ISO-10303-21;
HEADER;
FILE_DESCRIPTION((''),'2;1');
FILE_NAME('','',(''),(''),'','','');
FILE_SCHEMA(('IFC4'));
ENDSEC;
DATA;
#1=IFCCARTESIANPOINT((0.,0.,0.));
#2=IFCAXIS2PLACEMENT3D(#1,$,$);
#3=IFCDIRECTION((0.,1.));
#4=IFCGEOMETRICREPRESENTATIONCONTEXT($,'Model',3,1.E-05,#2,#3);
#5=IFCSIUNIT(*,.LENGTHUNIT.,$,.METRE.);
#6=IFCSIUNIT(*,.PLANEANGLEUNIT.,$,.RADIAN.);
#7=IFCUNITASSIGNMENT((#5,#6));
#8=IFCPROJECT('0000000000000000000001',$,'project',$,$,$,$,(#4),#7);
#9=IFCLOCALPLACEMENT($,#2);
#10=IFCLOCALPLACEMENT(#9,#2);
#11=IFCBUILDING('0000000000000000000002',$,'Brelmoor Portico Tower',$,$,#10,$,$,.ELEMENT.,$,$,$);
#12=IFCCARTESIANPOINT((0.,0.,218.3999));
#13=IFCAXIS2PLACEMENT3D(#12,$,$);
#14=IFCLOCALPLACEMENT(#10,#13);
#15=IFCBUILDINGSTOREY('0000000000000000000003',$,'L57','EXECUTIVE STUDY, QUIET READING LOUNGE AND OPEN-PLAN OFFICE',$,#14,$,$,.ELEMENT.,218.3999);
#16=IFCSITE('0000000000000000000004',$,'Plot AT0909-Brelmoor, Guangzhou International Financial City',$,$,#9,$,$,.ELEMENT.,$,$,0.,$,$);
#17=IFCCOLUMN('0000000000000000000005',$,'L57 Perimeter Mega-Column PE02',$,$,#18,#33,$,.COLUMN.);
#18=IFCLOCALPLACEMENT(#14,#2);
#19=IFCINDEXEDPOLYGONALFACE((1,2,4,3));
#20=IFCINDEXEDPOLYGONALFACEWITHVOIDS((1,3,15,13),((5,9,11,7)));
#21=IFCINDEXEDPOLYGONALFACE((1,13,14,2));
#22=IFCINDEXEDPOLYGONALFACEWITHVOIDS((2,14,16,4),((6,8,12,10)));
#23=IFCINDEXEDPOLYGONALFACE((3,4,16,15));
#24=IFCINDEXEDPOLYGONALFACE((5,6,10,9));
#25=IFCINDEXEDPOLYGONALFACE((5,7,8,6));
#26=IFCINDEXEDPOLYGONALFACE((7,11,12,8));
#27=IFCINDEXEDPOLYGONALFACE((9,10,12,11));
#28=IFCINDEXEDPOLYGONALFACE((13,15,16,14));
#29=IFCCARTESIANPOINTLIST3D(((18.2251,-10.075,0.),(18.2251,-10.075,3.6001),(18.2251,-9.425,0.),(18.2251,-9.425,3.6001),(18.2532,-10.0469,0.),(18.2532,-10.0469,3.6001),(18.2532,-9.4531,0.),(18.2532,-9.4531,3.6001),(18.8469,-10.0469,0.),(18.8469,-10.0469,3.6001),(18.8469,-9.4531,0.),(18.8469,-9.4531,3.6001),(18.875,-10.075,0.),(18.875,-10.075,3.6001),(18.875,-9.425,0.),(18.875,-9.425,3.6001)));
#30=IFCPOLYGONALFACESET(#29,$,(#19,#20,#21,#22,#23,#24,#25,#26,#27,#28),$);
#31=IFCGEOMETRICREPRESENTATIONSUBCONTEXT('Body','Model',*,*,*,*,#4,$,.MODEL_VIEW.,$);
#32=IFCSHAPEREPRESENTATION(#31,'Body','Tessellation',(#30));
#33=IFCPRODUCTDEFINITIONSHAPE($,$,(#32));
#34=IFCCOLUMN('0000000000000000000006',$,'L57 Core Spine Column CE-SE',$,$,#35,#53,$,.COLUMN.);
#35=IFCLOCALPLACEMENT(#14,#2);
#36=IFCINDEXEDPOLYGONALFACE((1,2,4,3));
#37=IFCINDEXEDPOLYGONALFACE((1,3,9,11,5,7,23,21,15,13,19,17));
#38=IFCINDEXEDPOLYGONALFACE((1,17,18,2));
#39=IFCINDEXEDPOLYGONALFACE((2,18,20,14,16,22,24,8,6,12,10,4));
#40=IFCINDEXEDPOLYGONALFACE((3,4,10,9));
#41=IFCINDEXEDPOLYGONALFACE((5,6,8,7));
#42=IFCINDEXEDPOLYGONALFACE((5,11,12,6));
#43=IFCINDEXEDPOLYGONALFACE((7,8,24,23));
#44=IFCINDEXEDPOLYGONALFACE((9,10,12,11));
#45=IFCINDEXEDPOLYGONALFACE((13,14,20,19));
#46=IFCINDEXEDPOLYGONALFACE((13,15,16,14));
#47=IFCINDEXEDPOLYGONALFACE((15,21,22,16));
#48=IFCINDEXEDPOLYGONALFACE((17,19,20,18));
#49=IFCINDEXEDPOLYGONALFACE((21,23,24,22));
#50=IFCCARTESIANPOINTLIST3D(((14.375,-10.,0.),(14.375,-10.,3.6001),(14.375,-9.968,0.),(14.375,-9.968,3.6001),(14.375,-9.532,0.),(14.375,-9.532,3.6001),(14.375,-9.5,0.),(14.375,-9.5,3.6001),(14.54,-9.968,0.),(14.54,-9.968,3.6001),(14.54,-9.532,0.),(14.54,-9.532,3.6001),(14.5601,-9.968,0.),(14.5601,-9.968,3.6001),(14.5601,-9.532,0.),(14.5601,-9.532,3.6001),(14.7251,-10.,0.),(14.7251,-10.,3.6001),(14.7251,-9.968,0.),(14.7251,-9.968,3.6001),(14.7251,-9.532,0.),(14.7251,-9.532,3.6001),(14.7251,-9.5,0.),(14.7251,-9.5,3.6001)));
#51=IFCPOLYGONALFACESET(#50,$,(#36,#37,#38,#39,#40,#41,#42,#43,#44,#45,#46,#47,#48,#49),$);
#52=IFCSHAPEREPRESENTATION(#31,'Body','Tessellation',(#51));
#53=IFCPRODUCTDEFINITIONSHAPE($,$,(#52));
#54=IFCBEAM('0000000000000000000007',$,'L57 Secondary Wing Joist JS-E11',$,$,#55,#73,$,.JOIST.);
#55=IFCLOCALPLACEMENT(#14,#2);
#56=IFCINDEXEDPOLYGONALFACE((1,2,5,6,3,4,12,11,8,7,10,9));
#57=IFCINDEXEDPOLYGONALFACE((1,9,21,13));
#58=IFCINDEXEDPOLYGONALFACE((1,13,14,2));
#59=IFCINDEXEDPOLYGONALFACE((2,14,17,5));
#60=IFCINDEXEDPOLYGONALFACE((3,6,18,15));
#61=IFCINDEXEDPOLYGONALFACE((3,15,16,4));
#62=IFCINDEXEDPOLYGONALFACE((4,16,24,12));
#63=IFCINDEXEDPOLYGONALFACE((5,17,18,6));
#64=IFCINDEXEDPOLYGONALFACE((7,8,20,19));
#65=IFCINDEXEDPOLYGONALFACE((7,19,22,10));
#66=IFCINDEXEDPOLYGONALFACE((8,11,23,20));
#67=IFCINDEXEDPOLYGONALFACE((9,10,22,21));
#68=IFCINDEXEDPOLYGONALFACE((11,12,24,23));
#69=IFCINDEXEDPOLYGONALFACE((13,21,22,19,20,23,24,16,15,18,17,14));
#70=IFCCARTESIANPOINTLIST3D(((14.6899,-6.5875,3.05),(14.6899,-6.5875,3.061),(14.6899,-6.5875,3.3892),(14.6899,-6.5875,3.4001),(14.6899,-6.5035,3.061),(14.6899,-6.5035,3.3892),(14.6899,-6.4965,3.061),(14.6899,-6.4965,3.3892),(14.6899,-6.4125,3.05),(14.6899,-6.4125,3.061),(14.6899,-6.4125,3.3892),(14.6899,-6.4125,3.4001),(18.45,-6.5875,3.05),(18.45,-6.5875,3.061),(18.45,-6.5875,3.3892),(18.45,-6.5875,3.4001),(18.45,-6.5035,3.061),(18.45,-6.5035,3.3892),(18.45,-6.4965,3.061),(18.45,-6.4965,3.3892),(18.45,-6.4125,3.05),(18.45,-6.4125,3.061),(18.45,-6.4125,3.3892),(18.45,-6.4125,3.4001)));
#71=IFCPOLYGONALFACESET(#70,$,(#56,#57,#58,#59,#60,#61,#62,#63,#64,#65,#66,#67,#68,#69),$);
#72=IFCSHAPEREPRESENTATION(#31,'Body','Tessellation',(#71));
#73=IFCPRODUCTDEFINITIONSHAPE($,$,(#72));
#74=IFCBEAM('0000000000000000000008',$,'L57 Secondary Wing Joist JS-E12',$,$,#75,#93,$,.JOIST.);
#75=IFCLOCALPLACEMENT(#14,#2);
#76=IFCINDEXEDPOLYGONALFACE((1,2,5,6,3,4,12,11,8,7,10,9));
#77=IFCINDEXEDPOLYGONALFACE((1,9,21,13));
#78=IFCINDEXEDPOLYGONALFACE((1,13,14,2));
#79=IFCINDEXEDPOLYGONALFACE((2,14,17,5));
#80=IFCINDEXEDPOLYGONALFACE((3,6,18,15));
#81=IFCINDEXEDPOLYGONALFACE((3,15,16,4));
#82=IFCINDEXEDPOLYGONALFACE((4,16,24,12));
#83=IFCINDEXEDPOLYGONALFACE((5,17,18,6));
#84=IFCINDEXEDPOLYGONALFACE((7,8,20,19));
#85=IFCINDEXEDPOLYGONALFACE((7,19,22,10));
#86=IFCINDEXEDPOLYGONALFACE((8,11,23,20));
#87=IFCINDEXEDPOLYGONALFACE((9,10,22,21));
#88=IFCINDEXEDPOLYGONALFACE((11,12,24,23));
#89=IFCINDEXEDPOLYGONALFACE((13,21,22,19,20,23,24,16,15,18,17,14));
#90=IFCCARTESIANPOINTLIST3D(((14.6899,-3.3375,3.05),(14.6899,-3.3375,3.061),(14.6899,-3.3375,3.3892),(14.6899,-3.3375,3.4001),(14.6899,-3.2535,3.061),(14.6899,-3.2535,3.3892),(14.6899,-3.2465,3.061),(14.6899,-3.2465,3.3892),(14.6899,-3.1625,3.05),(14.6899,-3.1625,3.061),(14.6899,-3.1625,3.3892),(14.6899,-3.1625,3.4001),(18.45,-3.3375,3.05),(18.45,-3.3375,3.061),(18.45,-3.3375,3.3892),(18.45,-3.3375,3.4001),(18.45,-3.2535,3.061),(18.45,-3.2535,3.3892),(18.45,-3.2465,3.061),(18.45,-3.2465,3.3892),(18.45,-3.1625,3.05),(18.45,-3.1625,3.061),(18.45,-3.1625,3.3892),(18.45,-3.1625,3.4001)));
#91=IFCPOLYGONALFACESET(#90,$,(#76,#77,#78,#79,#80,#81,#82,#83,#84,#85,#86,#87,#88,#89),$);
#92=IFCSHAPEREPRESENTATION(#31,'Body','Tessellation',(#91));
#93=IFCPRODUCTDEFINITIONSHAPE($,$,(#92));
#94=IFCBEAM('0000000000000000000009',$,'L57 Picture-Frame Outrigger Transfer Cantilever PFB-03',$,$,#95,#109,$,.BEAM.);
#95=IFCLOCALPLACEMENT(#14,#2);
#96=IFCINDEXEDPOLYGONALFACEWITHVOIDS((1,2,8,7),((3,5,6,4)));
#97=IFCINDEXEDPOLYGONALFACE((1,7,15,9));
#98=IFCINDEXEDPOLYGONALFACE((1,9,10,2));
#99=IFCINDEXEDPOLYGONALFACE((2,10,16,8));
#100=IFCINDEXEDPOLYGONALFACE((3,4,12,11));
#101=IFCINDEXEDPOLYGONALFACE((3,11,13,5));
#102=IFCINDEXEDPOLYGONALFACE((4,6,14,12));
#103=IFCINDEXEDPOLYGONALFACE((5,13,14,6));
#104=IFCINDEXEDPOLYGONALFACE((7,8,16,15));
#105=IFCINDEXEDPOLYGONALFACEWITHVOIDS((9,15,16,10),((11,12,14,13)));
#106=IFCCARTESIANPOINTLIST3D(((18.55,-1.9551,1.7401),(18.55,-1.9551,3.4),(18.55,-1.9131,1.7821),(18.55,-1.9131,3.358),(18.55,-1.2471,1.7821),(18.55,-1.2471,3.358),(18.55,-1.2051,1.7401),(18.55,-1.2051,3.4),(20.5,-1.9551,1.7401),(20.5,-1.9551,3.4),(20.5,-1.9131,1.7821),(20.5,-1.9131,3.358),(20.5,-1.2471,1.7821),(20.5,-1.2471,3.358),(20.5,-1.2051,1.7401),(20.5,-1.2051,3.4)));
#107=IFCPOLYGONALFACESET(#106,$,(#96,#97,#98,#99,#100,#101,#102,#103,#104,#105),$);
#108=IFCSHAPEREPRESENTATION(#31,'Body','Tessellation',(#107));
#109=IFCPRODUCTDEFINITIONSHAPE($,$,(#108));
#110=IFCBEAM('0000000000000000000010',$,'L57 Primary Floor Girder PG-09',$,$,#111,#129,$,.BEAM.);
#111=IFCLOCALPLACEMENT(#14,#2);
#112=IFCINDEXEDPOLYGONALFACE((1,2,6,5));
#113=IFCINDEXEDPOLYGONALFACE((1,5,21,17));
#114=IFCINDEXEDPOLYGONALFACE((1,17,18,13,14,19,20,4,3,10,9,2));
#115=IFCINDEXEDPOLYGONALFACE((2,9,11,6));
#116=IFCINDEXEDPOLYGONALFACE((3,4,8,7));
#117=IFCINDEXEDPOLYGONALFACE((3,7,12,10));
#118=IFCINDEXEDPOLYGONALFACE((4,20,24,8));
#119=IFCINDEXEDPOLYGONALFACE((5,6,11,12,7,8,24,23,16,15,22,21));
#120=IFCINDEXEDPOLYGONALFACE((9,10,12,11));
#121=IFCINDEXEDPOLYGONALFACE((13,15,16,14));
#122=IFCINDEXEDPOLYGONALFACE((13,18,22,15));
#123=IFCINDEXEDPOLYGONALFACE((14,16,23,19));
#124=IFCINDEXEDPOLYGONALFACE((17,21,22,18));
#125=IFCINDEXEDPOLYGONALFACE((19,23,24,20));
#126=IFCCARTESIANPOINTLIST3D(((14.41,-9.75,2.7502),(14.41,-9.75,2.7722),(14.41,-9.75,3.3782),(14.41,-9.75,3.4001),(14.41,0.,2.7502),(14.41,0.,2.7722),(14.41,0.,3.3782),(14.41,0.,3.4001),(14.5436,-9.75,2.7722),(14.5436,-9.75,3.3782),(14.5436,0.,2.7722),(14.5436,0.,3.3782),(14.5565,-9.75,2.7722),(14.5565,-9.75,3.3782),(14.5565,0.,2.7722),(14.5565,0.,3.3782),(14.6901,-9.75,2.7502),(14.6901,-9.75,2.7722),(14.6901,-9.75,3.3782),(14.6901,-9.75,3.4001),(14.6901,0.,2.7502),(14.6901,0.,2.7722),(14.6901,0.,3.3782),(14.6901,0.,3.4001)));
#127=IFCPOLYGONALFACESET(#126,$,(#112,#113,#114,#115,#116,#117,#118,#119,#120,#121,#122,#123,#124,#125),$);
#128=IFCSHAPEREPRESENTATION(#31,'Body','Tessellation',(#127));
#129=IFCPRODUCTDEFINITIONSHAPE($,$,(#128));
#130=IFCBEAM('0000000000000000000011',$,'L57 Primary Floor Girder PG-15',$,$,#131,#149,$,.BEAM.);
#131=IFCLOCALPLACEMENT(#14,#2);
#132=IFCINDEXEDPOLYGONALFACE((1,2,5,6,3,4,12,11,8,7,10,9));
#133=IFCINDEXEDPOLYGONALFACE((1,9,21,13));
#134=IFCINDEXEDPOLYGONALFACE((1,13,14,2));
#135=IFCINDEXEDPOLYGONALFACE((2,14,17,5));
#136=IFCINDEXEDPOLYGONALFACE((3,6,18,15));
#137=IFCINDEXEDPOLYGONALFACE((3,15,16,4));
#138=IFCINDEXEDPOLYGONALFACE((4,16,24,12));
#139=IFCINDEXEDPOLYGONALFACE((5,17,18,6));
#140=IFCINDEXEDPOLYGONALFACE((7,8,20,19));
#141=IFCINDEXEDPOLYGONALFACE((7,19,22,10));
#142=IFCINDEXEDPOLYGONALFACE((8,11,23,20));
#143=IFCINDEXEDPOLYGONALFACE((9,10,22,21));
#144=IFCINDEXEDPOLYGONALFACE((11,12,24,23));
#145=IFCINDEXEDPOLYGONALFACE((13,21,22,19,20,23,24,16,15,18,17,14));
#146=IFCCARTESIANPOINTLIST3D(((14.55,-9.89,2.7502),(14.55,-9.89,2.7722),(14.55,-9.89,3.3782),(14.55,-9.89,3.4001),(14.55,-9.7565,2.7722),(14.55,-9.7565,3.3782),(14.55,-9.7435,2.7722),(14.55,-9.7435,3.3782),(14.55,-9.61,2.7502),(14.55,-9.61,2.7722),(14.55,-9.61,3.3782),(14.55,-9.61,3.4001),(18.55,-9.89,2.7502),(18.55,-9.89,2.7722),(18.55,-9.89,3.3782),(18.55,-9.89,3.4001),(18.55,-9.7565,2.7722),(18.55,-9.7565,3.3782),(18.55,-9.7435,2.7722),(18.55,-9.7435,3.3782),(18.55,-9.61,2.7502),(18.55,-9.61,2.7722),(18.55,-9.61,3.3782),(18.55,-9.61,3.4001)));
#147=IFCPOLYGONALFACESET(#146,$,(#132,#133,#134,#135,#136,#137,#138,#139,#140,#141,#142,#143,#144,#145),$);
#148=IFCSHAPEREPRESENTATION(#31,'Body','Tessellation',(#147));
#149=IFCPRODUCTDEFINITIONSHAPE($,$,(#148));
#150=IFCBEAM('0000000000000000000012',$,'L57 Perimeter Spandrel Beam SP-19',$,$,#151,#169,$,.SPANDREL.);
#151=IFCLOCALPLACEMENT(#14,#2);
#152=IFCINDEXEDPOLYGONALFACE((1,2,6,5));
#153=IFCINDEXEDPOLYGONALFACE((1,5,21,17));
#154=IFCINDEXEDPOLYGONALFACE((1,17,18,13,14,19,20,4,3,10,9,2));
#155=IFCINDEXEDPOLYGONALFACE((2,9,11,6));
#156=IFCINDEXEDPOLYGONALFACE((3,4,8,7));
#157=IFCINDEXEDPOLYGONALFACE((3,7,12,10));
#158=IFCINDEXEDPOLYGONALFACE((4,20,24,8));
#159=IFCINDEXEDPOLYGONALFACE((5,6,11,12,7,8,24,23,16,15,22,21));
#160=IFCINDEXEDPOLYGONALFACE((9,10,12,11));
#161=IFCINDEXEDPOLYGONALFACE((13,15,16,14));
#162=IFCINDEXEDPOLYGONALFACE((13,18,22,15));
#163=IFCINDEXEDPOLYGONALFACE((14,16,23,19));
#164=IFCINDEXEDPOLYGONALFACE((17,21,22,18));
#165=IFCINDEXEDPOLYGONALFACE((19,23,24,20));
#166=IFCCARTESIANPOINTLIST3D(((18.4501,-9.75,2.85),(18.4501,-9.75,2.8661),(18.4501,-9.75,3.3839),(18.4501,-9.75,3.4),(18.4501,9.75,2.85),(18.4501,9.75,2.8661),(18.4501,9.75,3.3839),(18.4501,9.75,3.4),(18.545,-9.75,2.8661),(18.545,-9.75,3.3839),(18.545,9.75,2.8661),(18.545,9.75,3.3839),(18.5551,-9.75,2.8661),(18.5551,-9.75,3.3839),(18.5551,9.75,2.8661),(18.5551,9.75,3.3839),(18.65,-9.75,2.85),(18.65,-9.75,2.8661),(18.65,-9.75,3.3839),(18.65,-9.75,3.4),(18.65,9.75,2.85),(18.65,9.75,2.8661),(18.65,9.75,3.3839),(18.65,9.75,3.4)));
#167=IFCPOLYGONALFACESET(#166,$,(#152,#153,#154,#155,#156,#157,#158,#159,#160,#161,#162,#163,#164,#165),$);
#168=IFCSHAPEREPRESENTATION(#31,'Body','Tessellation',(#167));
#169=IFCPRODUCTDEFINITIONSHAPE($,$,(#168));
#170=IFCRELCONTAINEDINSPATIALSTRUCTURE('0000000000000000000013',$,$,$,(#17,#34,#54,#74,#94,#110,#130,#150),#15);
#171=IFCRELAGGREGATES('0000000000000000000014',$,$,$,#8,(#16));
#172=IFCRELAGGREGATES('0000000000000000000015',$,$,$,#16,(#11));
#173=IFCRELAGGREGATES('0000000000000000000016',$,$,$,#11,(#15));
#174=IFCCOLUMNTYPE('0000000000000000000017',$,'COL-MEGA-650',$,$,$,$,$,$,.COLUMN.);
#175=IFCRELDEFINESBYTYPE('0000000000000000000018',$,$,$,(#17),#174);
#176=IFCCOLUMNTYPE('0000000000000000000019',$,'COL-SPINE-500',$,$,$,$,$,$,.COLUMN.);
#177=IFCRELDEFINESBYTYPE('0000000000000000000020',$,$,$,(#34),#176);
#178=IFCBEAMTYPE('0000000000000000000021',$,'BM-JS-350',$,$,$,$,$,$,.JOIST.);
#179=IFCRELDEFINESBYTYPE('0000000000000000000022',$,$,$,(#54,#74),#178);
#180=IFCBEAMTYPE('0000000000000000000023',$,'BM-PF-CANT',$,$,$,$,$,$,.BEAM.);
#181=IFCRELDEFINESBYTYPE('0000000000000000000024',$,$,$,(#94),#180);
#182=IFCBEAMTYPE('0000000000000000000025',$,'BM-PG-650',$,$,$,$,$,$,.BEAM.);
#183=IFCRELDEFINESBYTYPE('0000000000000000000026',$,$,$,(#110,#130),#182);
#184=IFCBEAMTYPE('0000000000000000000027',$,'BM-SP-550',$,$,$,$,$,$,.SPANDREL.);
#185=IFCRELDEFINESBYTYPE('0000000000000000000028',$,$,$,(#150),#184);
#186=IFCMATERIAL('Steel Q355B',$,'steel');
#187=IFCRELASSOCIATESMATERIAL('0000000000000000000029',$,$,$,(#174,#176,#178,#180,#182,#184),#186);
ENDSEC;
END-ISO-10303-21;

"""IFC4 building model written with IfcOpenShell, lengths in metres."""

from ifc_helpers import new_model, si_unit, direction, frame, origin, origin_2d, place, context, subcontext, project, spatial, hollow_rectangle, i_section, extrude, material, material_profile, profile_set, type_object, element, save


model = new_model("IFC4")

# Units and contexts
model_context = context("Model", 3, precision=1e-05, world=origin(), true_north=direction((0.0, 1.0)))
body_context = subcontext(model_context, "Body", "Model", "MODEL_VIEW")
ifc_project = project(units=[si_unit("LENGTHUNIT", "METRE"), si_unit("PLANEANGLEUNIT", "RADIAN")], contexts=[model_context])

# Site, building, storey
site_placement = place(None, origin())
site = spatial("IfcSite", under=ifc_project, at=site_placement, Name="Plot AT0909-Brelmoor, Guangzhou International Financial City", CompositionType="ELEMENT", RefElevation=0.0)
building_placement = place(site_placement, origin())
building = spatial("IfcBuilding", under=site, at=building_placement, Name="Brelmoor Portico Tower", CompositionType="ELEMENT")
storey_placement = place(building_placement, frame((0.0, 0.0, 218.3999)))
storey = spatial("IfcBuildingStorey", under=building, at=storey_placement, Name="L57", Description="EXECUTIVE STUDY, QUIET READING LOUNGE AND OPEN-PLAN OFFICE", CompositionType="ELEMENT", Elevation=218.3999)

# Columns
ifc_material_1 = material(Name="Steel Q355B", Category="steel")
ifc_material_profile_1 = material_profile(ifc_material_1, hollow_rectangle(XDim=0.6499, YDim=0.6499, WallThickness=0.0281, at=origin_2d()), Name="BOX 650x650x28")
ifc_profile_set_1 = profile_set([ifc_material_profile_1], Name="Steel Q355B")
column_type_1 = type_object("IfcColumnType", Name="COL-MEGA-650", PredefinedType="COLUMN", material=ifc_profile_set_1)
column_1_placement = place(storey_placement, frame((18.55, -9.75, 0.0), z_axis=(0.0, 0.0, 1.0), x_axis=(0.0, 1.0, 0.0)))
element("IfcColumn", 1, at=column_1_placement, inside=storey, type_object=column_type_1, Name="L57 Perimeter Mega-Column PE02", PredefinedType="COLUMN", context=body_context, shape_type="SweptSolid", body=[
    extrude(hollow_rectangle(XDim=0.6499, YDim=0.6499, WallThickness=0.0281, at=origin_2d()), origin(), (0.0, 0.0, 1.0), 3.6001),
])
ifc_material_profile_2 = material_profile(ifc_material_1, i_section(OverallWidth=0.3501, OverallDepth=0.5, WebThickness=0.02, FlangeThickness=0.032, at=origin_2d()), Name="HW 500x350x20x32")
ifc_profile_set_2 = profile_set([ifc_material_profile_2], Name="Steel Q355B")
column_type_2 = type_object("IfcColumnType", Name="COL-SPINE-500", PredefinedType="COLUMN", material=ifc_profile_set_2)
column_2_placement = place(storey_placement, frame((14.55, -9.75, 0.0), z_axis=(0.0, 0.0, 1.0), x_axis=(1.0, 0.0, 0.0)))
element("IfcColumn", 2, at=column_2_placement, inside=storey, type_object=column_type_2, Name="L57 Core Spine Column CE-SE", PredefinedType="COLUMN", context=body_context, shape_type="SweptSolid", body=[
    extrude(i_section(OverallWidth=0.3501, OverallDepth=0.5, WebThickness=0.02, FlangeThickness=0.032, at=origin_2d()), origin(), (0.0, 0.0, 1.0), 3.6001),
])

# Beams
ifc_material_profile_3 = material_profile(ifc_material_1, i_section(OverallWidth=0.175, OverallDepth=0.3501, WebThickness=0.0071, FlangeThickness=0.011, at=origin_2d()), Name="HN 350x175x7x11")
ifc_profile_set_3 = profile_set([ifc_material_profile_3], Name="Steel Q355B")
beam_type_1 = type_object("IfcBeamType", Name="BM-JS-350", PredefinedType="JOIST", material=ifc_profile_set_3)
for number, where, z_axis, x_axis, name in (
    (3, (14.6899, -6.5, 3.2251), (1.0, 0.0, 0.0), (0.0, 1.0, 0.0), "L57 Secondary Wing Joist JS-E11"),
    (4, (14.6899, -3.25, 3.2251), (1.0, 0.0, 0.0), (0.0, 1.0, 0.0), "L57 Secondary Wing Joist JS-E12"),
):
    element("IfcBeam", number, at=place(storey_placement, frame(where, z_axis=z_axis, x_axis=x_axis)), inside=storey, type_object=beam_type_1, Name=name, PredefinedType="JOIST", context=body_context, shape_type="SweptSolid", body=[
        extrude(i_section(OverallWidth=0.175, OverallDepth=0.3501, WebThickness=0.0071, FlangeThickness=0.011, at=origin_2d()), origin(), (0.0, 0.0, 1.0), 3.76),
    ])
ifc_material_profile_4 = material_profile(ifc_material_1, hollow_rectangle(XDim=0.75, YDim=1.6599, WallThickness=0.042, at=origin_2d()), Name="BOX 750x1660x42")
ifc_profile_set_4 = profile_set([ifc_material_profile_4], Name="Steel Q355B")
beam_type_2 = type_object("IfcBeamType", Name="BM-PF-CANT", PredefinedType="BEAM", material=ifc_profile_set_4)
beam_1_placement = place(storey_placement, frame((18.55, -1.5801, 2.5701), z_axis=(1.0, 0.0, 0.0), x_axis=(0.0, 1.0, 0.0)))
element("IfcBeam", 5, at=beam_1_placement, inside=storey, type_object=beam_type_2, Name="L57 Picture-Frame Outrigger Transfer Cantilever PFB-03", PredefinedType="BEAM", context=body_context, shape_type="SweptSolid", body=[
    extrude(hollow_rectangle(XDim=0.75, YDim=1.6599, WallThickness=0.042, at=origin_2d()), origin(), (0.0, 0.0, 1.0), 1.95),
])
ifc_material_profile_5 = material_profile(ifc_material_1, i_section(OverallWidth=0.28, OverallDepth=0.6499, WebThickness=0.0129, FlangeThickness=0.022, at=origin_2d()), Name="HN 650x280x13x22")
ifc_profile_set_5 = profile_set([ifc_material_profile_5], Name="Steel Q355B")
beam_type_3 = type_object("IfcBeamType", Name="BM-PG-650", PredefinedType="BEAM", material=ifc_profile_set_5)
beam_2_placement = place(storey_placement, frame((14.55, -9.75, 3.0752), z_axis=(0.0, 1.0, 0.0), x_axis=(-1.0, 0.0, 0.0)))
element("IfcBeam", 6, at=beam_2_placement, inside=storey, type_object=beam_type_3, Name="L57 Primary Floor Girder PG-09", PredefinedType="BEAM", context=body_context, shape_type="SweptSolid", body=[
    extrude(i_section(OverallWidth=0.28, OverallDepth=0.6499, WebThickness=0.0129, FlangeThickness=0.022, at=origin_2d()), origin(), (0.0, 0.0, 1.0), 9.75),
])
beam_3_placement = place(storey_placement, frame((14.55, -9.75, 3.0752), z_axis=(1.0, 0.0, 0.0), x_axis=(0.0, 1.0, 0.0)))
element("IfcBeam", 7, at=beam_3_placement, inside=storey, type_object=beam_type_3, Name="L57 Primary Floor Girder PG-15", PredefinedType="BEAM", context=body_context, shape_type="SweptSolid", body=[
    extrude(i_section(OverallWidth=0.28, OverallDepth=0.6499, WebThickness=0.0129, FlangeThickness=0.022, at=origin_2d()), origin(), (0.0, 0.0, 1.0), 4.0),
])
ifc_material_profile_6 = material_profile(ifc_material_1, i_section(OverallWidth=0.2, OverallDepth=0.55, WebThickness=0.01, FlangeThickness=0.0161, at=origin_2d()), Name="HN 550x200x10x16")
ifc_profile_set_6 = profile_set([ifc_material_profile_6], Name="Steel Q355B")
beam_type_4 = type_object("IfcBeamType", Name="BM-SP-550", PredefinedType="SPANDREL", material=ifc_profile_set_6)
beam_4_placement = place(storey_placement, frame((18.55, -9.75, 3.125), z_axis=(0.0, 1.0, 0.0), x_axis=(-1.0, 0.0, 0.0)))
element("IfcBeam", 8, at=beam_4_placement, inside=storey, type_object=beam_type_4, Name="L57 Perimeter Spandrel Beam SP-19", PredefinedType="SPANDREL", context=body_context, shape_type="SweptSolid", body=[
    extrude(i_section(OverallWidth=0.2, OverallDepth=0.55, WebThickness=0.01, FlangeThickness=0.0161, at=origin_2d()), origin(), (0.0, 0.0, 1.0), 19.5),
])

save(model, "model.ifc")
